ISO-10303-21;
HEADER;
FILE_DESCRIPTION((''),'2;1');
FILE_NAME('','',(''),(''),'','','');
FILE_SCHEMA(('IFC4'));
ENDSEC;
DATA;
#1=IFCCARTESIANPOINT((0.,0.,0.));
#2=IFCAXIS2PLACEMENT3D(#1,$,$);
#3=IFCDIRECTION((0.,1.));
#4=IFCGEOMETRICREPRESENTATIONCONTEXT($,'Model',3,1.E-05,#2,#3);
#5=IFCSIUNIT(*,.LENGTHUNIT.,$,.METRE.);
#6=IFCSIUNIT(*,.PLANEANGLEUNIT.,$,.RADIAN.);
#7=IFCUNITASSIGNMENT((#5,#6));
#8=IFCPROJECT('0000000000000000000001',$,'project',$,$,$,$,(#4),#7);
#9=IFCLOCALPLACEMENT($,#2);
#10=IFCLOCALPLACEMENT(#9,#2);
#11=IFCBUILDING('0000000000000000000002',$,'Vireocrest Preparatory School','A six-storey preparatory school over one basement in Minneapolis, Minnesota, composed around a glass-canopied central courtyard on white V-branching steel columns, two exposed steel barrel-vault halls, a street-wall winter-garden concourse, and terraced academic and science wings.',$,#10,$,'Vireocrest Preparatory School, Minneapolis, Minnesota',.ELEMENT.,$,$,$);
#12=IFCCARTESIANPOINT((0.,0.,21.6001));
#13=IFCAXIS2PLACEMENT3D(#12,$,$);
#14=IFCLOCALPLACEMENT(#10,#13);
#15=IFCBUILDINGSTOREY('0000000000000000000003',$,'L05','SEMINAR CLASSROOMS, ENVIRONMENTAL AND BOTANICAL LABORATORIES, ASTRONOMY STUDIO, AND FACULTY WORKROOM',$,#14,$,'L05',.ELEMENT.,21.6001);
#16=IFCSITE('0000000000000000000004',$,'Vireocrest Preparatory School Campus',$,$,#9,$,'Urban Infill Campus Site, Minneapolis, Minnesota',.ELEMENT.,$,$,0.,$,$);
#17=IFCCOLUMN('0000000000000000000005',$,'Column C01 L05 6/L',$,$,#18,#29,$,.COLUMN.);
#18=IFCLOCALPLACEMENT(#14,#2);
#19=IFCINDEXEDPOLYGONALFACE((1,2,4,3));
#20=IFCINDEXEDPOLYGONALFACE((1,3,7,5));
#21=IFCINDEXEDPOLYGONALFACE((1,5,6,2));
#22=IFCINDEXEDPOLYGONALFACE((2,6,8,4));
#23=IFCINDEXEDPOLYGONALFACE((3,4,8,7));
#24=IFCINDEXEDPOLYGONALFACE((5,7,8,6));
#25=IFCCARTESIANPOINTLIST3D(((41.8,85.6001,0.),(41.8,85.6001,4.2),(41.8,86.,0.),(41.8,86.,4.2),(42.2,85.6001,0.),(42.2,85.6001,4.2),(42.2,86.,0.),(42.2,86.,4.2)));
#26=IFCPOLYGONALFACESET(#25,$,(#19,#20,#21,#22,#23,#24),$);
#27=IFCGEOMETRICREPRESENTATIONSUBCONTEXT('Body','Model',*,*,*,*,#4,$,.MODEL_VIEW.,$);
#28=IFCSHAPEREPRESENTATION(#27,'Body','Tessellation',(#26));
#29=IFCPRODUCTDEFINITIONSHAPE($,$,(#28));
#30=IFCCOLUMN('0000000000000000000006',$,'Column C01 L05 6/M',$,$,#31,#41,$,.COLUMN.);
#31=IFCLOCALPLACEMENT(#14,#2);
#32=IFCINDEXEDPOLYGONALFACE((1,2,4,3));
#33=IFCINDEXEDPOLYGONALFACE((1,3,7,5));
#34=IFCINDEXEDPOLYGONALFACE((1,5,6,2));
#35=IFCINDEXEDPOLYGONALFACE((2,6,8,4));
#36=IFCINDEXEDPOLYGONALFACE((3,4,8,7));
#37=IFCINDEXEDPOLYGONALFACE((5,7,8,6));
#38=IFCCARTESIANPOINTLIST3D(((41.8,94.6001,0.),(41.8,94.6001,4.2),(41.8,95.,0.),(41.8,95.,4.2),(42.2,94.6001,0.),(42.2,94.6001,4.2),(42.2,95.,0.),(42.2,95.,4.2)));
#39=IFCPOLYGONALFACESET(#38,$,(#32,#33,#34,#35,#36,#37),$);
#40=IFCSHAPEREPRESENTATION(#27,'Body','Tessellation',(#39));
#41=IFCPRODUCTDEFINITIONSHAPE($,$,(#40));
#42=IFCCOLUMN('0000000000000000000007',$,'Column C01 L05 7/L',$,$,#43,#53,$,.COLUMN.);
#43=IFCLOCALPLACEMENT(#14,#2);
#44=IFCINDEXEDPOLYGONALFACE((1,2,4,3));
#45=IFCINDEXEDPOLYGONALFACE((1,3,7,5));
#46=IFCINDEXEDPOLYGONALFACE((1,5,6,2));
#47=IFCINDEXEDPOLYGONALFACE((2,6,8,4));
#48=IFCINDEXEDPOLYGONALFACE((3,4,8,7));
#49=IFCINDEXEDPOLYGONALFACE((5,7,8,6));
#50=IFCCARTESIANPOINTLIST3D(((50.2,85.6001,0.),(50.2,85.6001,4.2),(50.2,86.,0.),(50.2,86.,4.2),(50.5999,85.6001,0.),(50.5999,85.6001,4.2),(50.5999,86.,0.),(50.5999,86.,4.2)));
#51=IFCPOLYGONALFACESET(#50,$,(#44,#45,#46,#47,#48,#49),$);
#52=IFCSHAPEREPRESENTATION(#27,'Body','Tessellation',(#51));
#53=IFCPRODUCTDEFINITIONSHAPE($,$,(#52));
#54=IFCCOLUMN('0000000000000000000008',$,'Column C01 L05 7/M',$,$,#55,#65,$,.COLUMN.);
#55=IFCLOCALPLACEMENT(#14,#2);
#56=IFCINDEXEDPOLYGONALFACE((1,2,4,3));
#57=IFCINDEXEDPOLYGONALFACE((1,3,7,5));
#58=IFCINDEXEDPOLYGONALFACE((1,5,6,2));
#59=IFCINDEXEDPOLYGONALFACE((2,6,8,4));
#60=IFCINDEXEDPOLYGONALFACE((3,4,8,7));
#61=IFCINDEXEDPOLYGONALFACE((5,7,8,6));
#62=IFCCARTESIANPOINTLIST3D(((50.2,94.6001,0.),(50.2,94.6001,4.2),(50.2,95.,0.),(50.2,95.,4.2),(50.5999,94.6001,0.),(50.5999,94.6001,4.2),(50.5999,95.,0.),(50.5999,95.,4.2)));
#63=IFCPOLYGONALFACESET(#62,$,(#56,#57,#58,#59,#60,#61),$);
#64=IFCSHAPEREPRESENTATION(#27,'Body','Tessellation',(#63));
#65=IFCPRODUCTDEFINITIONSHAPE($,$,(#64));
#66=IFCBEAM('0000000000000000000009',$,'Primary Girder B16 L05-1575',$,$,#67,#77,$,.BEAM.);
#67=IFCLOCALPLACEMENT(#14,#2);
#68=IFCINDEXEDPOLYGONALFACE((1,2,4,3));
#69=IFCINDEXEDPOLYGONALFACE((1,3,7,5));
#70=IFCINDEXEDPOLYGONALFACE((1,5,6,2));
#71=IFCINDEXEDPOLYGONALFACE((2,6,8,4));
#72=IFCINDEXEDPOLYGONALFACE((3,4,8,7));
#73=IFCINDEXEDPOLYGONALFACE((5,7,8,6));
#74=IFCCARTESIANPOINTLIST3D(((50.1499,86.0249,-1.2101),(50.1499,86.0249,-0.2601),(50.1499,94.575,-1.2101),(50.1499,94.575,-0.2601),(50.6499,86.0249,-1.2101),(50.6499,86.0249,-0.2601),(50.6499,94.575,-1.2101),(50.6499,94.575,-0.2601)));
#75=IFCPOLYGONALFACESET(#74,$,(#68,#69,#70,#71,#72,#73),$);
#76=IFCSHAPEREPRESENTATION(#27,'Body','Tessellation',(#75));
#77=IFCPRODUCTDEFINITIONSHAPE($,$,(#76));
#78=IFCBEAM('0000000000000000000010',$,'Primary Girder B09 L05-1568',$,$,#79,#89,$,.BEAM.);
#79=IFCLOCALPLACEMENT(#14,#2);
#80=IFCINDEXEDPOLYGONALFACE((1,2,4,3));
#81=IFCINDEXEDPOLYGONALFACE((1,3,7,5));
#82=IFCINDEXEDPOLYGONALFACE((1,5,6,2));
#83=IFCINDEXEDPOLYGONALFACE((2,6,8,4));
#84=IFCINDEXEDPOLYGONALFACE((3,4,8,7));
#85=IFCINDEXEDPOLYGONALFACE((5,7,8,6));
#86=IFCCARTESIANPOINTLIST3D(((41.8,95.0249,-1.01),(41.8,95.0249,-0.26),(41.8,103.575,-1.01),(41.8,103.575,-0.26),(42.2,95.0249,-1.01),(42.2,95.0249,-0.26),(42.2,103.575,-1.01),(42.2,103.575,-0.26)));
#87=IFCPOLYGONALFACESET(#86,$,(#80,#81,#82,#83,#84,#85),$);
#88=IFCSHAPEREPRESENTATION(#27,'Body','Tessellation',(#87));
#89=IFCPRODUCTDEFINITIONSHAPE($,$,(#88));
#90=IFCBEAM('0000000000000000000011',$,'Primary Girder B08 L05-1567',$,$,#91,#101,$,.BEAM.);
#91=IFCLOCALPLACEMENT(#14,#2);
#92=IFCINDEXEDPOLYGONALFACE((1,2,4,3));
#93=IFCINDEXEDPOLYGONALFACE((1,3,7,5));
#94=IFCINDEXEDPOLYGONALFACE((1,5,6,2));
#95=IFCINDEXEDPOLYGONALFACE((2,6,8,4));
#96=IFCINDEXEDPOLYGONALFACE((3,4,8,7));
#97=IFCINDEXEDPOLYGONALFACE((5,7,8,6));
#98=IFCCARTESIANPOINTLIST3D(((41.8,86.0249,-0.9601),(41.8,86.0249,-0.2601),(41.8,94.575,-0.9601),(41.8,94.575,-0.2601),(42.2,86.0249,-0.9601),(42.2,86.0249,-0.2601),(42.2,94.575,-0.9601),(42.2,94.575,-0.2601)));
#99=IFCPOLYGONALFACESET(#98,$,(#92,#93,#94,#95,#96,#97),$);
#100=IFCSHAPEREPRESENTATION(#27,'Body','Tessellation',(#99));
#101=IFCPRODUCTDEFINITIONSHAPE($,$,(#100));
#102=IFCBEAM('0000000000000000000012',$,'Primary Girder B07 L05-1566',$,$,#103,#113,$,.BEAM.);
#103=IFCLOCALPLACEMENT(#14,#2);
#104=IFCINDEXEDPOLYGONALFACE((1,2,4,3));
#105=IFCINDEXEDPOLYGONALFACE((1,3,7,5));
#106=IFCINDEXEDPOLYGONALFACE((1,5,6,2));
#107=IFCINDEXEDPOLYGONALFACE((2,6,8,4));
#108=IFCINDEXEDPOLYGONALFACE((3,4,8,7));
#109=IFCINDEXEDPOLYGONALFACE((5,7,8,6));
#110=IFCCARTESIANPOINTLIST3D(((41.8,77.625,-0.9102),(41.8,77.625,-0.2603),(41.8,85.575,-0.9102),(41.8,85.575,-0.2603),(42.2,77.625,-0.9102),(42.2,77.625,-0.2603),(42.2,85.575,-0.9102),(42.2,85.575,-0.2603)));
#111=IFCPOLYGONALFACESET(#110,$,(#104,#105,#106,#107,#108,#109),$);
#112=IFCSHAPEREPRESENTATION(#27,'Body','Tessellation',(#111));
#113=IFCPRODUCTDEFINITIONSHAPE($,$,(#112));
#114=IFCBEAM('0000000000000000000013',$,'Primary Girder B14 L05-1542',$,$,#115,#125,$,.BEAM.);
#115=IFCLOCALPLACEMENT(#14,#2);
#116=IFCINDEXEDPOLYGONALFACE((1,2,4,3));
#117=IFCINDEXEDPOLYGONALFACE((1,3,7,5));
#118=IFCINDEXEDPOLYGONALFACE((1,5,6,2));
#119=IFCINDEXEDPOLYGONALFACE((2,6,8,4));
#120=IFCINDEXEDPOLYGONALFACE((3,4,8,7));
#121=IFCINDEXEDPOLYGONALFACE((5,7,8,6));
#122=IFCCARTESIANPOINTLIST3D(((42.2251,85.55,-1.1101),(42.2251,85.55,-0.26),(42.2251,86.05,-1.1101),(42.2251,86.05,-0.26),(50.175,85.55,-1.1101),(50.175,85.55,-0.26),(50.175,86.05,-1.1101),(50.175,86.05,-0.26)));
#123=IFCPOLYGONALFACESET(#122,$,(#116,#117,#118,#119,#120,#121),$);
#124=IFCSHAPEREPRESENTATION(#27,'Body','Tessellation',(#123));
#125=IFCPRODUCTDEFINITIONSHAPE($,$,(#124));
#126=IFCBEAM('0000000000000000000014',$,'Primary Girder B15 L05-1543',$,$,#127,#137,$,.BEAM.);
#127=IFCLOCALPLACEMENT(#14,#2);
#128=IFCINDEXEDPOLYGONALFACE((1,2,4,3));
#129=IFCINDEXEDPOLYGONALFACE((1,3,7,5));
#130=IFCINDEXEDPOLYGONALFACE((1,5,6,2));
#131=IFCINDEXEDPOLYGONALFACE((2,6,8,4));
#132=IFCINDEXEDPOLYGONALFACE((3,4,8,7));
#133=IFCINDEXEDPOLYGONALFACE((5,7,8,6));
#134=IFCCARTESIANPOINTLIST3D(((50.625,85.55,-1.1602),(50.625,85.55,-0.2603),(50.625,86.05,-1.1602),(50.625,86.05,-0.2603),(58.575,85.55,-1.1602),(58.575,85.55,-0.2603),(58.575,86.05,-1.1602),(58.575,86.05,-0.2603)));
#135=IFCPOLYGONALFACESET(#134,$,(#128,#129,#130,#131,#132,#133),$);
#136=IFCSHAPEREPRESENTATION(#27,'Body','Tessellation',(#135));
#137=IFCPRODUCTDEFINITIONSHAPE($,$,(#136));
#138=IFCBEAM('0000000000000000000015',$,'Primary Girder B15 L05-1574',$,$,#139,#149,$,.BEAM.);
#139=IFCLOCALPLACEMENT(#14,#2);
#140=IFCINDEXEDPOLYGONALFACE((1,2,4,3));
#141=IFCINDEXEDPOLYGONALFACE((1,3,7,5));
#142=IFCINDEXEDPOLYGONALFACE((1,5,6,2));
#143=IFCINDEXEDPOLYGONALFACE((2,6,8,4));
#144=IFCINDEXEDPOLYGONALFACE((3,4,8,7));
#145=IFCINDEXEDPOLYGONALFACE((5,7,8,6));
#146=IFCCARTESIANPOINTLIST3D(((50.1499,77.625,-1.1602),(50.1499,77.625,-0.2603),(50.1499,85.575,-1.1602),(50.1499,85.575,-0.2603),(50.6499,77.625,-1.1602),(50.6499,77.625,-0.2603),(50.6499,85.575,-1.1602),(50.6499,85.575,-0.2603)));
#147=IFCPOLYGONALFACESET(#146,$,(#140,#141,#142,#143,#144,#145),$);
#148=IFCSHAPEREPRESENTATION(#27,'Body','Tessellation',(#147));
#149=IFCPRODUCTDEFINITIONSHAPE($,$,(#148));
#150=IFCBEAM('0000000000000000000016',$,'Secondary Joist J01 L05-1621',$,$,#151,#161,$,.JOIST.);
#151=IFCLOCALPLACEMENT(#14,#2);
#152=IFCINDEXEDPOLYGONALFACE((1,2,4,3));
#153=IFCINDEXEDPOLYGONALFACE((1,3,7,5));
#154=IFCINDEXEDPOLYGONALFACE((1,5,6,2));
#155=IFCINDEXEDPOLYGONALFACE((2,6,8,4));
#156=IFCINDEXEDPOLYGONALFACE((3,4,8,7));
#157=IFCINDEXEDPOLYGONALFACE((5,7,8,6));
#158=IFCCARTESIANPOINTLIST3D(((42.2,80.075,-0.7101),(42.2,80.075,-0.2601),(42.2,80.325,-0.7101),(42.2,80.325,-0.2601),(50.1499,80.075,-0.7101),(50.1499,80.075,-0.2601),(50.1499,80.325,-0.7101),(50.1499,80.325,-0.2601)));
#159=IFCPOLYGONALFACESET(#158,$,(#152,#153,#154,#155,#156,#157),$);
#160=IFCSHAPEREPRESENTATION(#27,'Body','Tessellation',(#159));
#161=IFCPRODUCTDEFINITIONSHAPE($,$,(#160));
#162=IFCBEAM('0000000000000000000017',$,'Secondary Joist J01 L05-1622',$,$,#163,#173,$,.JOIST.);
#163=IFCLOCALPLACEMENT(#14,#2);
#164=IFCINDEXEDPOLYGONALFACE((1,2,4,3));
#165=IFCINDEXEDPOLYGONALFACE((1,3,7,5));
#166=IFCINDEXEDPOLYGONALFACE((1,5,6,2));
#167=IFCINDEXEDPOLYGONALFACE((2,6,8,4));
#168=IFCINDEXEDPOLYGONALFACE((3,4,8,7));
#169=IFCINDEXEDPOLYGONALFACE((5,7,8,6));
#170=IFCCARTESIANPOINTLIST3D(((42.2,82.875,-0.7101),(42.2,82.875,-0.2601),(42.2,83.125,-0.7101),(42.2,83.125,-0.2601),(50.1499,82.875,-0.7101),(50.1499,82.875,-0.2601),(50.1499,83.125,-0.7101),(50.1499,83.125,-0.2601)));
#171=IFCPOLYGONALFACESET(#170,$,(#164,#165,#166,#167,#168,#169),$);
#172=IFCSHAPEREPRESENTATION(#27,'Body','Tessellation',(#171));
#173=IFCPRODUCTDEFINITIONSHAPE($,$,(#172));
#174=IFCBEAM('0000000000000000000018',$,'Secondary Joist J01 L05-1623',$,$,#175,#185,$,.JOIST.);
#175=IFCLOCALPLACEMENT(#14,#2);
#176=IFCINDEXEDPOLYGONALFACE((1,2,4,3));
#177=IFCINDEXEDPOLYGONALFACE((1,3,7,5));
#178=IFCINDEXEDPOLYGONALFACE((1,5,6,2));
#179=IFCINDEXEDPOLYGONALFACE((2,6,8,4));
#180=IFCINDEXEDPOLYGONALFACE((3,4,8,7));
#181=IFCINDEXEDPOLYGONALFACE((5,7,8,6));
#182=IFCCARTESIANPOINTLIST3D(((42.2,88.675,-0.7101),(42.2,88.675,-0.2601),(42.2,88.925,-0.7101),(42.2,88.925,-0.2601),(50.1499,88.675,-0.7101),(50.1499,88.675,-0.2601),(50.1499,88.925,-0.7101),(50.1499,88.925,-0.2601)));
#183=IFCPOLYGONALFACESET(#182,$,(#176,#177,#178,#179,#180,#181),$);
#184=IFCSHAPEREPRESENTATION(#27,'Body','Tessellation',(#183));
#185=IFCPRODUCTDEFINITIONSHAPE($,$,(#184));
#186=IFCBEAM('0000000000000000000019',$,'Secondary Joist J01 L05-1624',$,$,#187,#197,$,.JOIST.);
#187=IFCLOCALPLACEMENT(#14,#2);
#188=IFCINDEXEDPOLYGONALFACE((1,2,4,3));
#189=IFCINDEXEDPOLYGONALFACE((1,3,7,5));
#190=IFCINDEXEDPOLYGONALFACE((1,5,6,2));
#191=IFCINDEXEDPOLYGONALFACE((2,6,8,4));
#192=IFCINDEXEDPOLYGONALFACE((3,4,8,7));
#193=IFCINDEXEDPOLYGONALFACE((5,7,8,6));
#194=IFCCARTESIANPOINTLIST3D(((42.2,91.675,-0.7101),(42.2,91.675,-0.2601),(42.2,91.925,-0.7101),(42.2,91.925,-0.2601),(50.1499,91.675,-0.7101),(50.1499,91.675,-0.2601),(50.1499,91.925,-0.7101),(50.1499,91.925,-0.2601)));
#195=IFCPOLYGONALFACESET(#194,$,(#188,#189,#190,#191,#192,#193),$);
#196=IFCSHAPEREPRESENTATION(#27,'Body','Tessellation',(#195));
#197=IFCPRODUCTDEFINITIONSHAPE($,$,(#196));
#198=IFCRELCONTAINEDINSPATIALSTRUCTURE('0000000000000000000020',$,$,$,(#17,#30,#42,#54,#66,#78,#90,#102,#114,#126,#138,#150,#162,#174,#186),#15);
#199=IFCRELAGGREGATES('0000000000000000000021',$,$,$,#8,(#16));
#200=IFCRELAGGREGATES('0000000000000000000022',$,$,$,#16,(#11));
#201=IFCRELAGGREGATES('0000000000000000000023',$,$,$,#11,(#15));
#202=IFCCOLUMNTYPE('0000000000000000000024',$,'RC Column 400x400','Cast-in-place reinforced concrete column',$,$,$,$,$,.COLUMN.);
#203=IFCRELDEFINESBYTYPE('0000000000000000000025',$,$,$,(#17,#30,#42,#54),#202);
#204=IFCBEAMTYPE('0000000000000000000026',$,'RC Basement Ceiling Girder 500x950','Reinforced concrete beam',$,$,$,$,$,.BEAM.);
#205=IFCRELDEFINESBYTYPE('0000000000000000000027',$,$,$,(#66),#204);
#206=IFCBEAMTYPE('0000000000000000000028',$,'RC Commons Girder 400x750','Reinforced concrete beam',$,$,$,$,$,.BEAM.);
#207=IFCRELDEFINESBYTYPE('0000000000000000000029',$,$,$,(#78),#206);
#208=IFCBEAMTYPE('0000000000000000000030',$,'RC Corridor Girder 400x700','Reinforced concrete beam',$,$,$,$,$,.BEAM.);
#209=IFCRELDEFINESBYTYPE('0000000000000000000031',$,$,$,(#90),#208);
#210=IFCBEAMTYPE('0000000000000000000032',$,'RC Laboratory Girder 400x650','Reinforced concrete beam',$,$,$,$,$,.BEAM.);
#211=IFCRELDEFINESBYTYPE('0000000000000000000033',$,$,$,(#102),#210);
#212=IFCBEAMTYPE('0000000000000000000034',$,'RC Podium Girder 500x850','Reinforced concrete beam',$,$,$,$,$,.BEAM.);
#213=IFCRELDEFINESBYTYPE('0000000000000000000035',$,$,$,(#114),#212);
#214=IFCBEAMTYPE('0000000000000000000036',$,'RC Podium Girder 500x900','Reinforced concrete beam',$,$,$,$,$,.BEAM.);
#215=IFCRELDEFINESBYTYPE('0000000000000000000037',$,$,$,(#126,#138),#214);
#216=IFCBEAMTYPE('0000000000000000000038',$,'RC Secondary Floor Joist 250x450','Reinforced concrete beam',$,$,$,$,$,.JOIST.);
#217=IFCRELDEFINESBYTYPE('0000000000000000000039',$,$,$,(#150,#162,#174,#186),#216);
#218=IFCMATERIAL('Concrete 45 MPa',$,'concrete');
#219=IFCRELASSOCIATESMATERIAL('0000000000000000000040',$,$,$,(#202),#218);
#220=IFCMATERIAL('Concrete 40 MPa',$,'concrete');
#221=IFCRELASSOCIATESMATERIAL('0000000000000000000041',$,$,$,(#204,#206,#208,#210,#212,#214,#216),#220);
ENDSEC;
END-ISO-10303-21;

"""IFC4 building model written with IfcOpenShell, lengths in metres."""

from ifc_helpers import new_model, si_unit, direction, frame, origin, origin_2d, place, context, subcontext, project, spatial, rectangle, extrude, material, material_profile, profile_set, type_object, element, save


model = new_model("IFC4")

# Units and contexts
model_context = context("Model", 3, precision=1e-05, world=origin(), true_north=direction((0.0, 1.0)))
body_context = subcontext(model_context, "Body", "Model", "MODEL_VIEW")
ifc_project = project(units=[si_unit("LENGTHUNIT", "METRE"), si_unit("PLANEANGLEUNIT", "RADIAN")], contexts=[model_context])

# Site, building, storey
site_placement = place(None, origin())
site = spatial("IfcSite", under=ifc_project, at=site_placement, Name="Vireocrest Preparatory School Campus", LongName="Urban Infill Campus Site, Minneapolis, Minnesota", CompositionType="ELEMENT", RefElevation=0.0)
building_placement = place(site_placement, origin())
building = spatial("IfcBuilding", under=site, at=building_placement, Name="Vireocrest Preparatory School", Description="A six-storey preparatory school over one basement in Minneapolis, Minnesota, composed around a glass-canopied central courtyard on white V-branching steel columns, two exposed steel barrel-vault halls, a street-wall winter-garden concourse, and terraced academic and science wings.", LongName="Vireocrest Preparatory School, Minneapolis, Minnesota", CompositionType="ELEMENT")
storey_placement = place(building_placement, frame((0.0, 0.0, 21.6001)))
storey = spatial("IfcBuildingStorey", under=building, at=storey_placement, Name="L05", Description="SEMINAR CLASSROOMS, ENVIRONMENTAL AND BOTANICAL LABORATORIES, ASTRONOMY STUDIO, AND FACULTY WORKROOM", LongName="L05", CompositionType="ELEMENT", Elevation=21.6001)

# Columns
ifc_material_1 = material(Name="Concrete 45 MPa", Category="concrete")
ifc_material_profile_1 = material_profile(ifc_material_1, rectangle(XDim=0.3999, YDim=0.3999, at=origin_2d()), Name="RC 400x400")
ifc_profile_set_1 = profile_set([ifc_material_profile_1], Name="Concrete 45 MPa")
column_type = type_object("IfcColumnType", Name="RC Column 400x400", Description="Cast-in-place reinforced concrete column", PredefinedType="COLUMN", material=ifc_profile_set_1)
for number, where, z_axis, x_axis, name in (
    (1, (42.0, 85.8, 0.0), (0.0, 0.0, 1.0), (1.0, 0.0, 0.0), "Column C01 L05 6/L"),
    (2, (42.0, 94.8, 0.0), (0.0, 0.0, 1.0), (1.0, 0.0, 0.0), "Column C01 L05 6/M"),
    (3, (50.3999, 85.8, 0.0), (0.0, 0.0, 1.0), (1.0, 0.0, 0.0), "Column C01 L05 7/L"),
    (4, (50.3999, 94.8, 0.0), (0.0, 0.0, 1.0), (1.0, 0.0, 0.0), "Column C01 L05 7/M"),
):
    element("IfcColumn", number, at=place(storey_placement, frame(where, z_axis=z_axis, x_axis=x_axis)), inside=storey, type_object=column_type, Name=name, PredefinedType="COLUMN", context=body_context, shape_type="SweptSolid", body=[
        extrude(rectangle(XDim=0.3999, YDim=0.3999, at=origin_2d()), origin(), (0.0, 0.0, 1.0), 4.2),
    ])

# Beams
ifc_material_2 = material(Name="Concrete 40 MPa", Category="concrete")
ifc_material_profile_2 = material_profile(ifc_material_2, rectangle(XDim=0.5, YDim=0.95, at=origin_2d()), Name="RC 500x950")
ifc_profile_set_2 = profile_set([ifc_material_profile_2], Name="Concrete 40 MPa")
beam_type_1 = type_object("IfcBeamType", Name="RC Basement Ceiling Girder 500x950", Description="Reinforced concrete beam", PredefinedType="BEAM", material=ifc_profile_set_2)
beam_1_placement = place(storey_placement, frame((50.3999, 86.0249, -0.7351), z_axis=(0.0, 1.0, 0.0), x_axis=(-1.0, 0.0, 0.0)))
element("IfcBeam", 5, at=beam_1_placement, inside=storey, type_object=beam_type_1, Name="Primary Girder B16 L05-1575", PredefinedType="BEAM", context=body_context, shape_type="SweptSolid", body=[
    extrude(rectangle(XDim=0.5, YDim=0.95, at=origin_2d()), origin(), (0.0, 0.0, 1.0), 8.55),
])
ifc_material_profile_3 = material_profile(ifc_material_2, rectangle(XDim=0.3999, YDim=0.75, at=origin_2d()), Name="RC 400x750")
ifc_profile_set_3 = profile_set([ifc_material_profile_3], Name="Concrete 40 MPa")
beam_type_2 = type_object("IfcBeamType", Name="RC Commons Girder 400x750", Description="Reinforced concrete beam", PredefinedType="BEAM", material=ifc_profile_set_3)
beam_2_placement = place(storey_placement, frame((42.0, 95.0249, -0.635), z_axis=(0.0, 1.0, 0.0), x_axis=(-1.0, 0.0, 0.0)))
element("IfcBeam", 6, at=beam_2_placement, inside=storey, type_object=beam_type_2, Name="Primary Girder B09 L05-1568", PredefinedType="BEAM", context=body_context, shape_type="SweptSolid", body=[
    extrude(rectangle(XDim=0.3999, YDim=0.75, at=origin_2d()), origin(), (0.0, 0.0, 1.0), 8.55),
])
ifc_material_profile_4 = material_profile(ifc_material_2, rectangle(XDim=0.3999, YDim=0.7, at=origin_2d()), Name="RC 400x700")
ifc_profile_set_4 = profile_set([ifc_material_profile_4], Name="Concrete 40 MPa")
beam_type_3 = type_object("IfcBeamType", Name="RC Corridor Girder 400x700", Description="Reinforced concrete beam", PredefinedType="BEAM", material=ifc_profile_set_4)
beam_3_placement = place(storey_placement, frame((42.0, 86.0249, -0.6101), z_axis=(0.0, 1.0, 0.0), x_axis=(-1.0, 0.0, 0.0)))
element("IfcBeam", 7, at=beam_3_placement, inside=storey, type_object=beam_type_3, Name="Primary Girder B08 L05-1567", PredefinedType="BEAM", context=body_context, shape_type="SweptSolid", body=[
    extrude(rectangle(XDim=0.3999, YDim=0.7, at=origin_2d()), origin(), (0.0, 0.0, 1.0), 8.55),
])
ifc_material_profile_5 = material_profile(ifc_material_2, rectangle(XDim=0.3999, YDim=0.6499, at=origin_2d()), Name="RC 400x650")
ifc_profile_set_5 = profile_set([ifc_material_profile_5], Name="Concrete 40 MPa")
beam_type_4 = type_object("IfcBeamType", Name="RC Laboratory Girder 400x650", Description="Reinforced concrete beam", PredefinedType="BEAM", material=ifc_profile_set_5)
beam_4_placement = place(storey_placement, frame((42.0, 77.625, -0.5852), z_axis=(0.0, 1.0, 0.0), x_axis=(-1.0, 0.0, 0.0)))
element("IfcBeam", 8, at=beam_4_placement, inside=storey, type_object=beam_type_4, Name="Primary Girder B07 L05-1566", PredefinedType="BEAM", context=body_context, shape_type="SweptSolid", body=[
    extrude(rectangle(XDim=0.3999, YDim=0.6499, at=origin_2d()), origin(), (0.0, 0.0, 1.0), 7.95),
])
ifc_material_profile_6 = material_profile(ifc_material_2, rectangle(XDim=0.5, YDim=0.8501, at=origin_2d()), Name="RC 500x850")
ifc_profile_set_6 = profile_set([ifc_material_profile_6], Name="Concrete 40 MPa")
beam_type_5 = type_object("IfcBeamType", Name="RC Podium Girder 500x850", Description="Reinforced concrete beam", PredefinedType="BEAM", material=ifc_profile_set_6)
beam_5_placement = place(storey_placement, frame((42.2251, 85.8, -0.6851), z_axis=(1.0, 0.0, 0.0), x_axis=(0.0, 1.0, 0.0)))
element("IfcBeam", 9, at=beam_5_placement, inside=storey, type_object=beam_type_5, Name="Primary Girder B14 L05-1542", PredefinedType="BEAM", context=body_context, shape_type="SweptSolid", body=[
    extrude(rectangle(XDim=0.5, YDim=0.8501, at=origin_2d()), origin(), (0.0, 0.0, 1.0), 7.95),
])
ifc_material_profile_7 = material_profile(ifc_material_2, rectangle(XDim=0.5, YDim=0.8999, at=origin_2d()), Name="RC 500x900")
ifc_profile_set_7 = profile_set([ifc_material_profile_7], Name="Concrete 40 MPa")
beam_type_6 = type_object("IfcBeamType", Name="RC Podium Girder 500x900", Description="Reinforced concrete beam", PredefinedType="BEAM", material=ifc_profile_set_7)
for number, where, z_axis, x_axis, name in (
    (10, (50.625, 85.8, -0.7102), (1.0, 0.0, 0.0), (0.0, 1.0, 0.0), "Primary Girder B15 L05-1543"),
    (11, (50.3999, 77.625, -0.7102), (0.0, 1.0, 0.0), (-1.0, 0.0, 0.0), "Primary Girder B15 L05-1574"),
):
    element("IfcBeam", number, at=place(storey_placement, frame(where, z_axis=z_axis, x_axis=x_axis)), inside=storey, type_object=beam_type_6, Name=name, PredefinedType="BEAM", context=body_context, shape_type="SweptSolid", body=[
        extrude(rectangle(XDim=0.5, YDim=0.8999, at=origin_2d()), origin(), (0.0, 0.0, 1.0), 7.95),
    ])
ifc_material_profile_8 = material_profile(ifc_material_2, rectangle(XDim=0.25, YDim=0.45, at=origin_2d()), Name="RC 250x450")
ifc_profile_set_8 = profile_set([ifc_material_profile_8], Name="Concrete 40 MPa")
beam_type_7 = type_object("IfcBeamType", Name="RC Secondary Floor Joist 250x450", Description="Reinforced concrete beam", PredefinedType="JOIST", material=ifc_profile_set_8)
for number, where, z_axis, x_axis, name in (
    (12, (42.2, 80.2, -0.4851), (1.0, 0.0, 0.0), (0.0, 1.0, 0.0), "Secondary Joist J01 L05-1621"),
    (13, (42.2, 83.0, -0.4851), (1.0, 0.0, 0.0), (0.0, 1.0, 0.0), "Secondary Joist J01 L05-1622"),
    (14, (42.2, 88.8, -0.4851), (1.0, 0.0, 0.0), (0.0, 1.0, 0.0), "Secondary Joist J01 L05-1623"),
    (15, (42.2, 91.8, -0.4851), (1.0, 0.0, 0.0), (0.0, 1.0, 0.0), "Secondary Joist J01 L05-1624"),
):
    element("IfcBeam", number, at=place(storey_placement, frame(where, z_axis=z_axis, x_axis=x_axis)), inside=storey, type_object=beam_type_7, Name=name, PredefinedType="JOIST", context=body_context, shape_type="SweptSolid", body=[
        extrude(rectangle(XDim=0.25, YDim=0.45, at=origin_2d()), origin(), (0.0, 0.0, 1.0), 7.95),
    ])

save(model, "model.ifc")
